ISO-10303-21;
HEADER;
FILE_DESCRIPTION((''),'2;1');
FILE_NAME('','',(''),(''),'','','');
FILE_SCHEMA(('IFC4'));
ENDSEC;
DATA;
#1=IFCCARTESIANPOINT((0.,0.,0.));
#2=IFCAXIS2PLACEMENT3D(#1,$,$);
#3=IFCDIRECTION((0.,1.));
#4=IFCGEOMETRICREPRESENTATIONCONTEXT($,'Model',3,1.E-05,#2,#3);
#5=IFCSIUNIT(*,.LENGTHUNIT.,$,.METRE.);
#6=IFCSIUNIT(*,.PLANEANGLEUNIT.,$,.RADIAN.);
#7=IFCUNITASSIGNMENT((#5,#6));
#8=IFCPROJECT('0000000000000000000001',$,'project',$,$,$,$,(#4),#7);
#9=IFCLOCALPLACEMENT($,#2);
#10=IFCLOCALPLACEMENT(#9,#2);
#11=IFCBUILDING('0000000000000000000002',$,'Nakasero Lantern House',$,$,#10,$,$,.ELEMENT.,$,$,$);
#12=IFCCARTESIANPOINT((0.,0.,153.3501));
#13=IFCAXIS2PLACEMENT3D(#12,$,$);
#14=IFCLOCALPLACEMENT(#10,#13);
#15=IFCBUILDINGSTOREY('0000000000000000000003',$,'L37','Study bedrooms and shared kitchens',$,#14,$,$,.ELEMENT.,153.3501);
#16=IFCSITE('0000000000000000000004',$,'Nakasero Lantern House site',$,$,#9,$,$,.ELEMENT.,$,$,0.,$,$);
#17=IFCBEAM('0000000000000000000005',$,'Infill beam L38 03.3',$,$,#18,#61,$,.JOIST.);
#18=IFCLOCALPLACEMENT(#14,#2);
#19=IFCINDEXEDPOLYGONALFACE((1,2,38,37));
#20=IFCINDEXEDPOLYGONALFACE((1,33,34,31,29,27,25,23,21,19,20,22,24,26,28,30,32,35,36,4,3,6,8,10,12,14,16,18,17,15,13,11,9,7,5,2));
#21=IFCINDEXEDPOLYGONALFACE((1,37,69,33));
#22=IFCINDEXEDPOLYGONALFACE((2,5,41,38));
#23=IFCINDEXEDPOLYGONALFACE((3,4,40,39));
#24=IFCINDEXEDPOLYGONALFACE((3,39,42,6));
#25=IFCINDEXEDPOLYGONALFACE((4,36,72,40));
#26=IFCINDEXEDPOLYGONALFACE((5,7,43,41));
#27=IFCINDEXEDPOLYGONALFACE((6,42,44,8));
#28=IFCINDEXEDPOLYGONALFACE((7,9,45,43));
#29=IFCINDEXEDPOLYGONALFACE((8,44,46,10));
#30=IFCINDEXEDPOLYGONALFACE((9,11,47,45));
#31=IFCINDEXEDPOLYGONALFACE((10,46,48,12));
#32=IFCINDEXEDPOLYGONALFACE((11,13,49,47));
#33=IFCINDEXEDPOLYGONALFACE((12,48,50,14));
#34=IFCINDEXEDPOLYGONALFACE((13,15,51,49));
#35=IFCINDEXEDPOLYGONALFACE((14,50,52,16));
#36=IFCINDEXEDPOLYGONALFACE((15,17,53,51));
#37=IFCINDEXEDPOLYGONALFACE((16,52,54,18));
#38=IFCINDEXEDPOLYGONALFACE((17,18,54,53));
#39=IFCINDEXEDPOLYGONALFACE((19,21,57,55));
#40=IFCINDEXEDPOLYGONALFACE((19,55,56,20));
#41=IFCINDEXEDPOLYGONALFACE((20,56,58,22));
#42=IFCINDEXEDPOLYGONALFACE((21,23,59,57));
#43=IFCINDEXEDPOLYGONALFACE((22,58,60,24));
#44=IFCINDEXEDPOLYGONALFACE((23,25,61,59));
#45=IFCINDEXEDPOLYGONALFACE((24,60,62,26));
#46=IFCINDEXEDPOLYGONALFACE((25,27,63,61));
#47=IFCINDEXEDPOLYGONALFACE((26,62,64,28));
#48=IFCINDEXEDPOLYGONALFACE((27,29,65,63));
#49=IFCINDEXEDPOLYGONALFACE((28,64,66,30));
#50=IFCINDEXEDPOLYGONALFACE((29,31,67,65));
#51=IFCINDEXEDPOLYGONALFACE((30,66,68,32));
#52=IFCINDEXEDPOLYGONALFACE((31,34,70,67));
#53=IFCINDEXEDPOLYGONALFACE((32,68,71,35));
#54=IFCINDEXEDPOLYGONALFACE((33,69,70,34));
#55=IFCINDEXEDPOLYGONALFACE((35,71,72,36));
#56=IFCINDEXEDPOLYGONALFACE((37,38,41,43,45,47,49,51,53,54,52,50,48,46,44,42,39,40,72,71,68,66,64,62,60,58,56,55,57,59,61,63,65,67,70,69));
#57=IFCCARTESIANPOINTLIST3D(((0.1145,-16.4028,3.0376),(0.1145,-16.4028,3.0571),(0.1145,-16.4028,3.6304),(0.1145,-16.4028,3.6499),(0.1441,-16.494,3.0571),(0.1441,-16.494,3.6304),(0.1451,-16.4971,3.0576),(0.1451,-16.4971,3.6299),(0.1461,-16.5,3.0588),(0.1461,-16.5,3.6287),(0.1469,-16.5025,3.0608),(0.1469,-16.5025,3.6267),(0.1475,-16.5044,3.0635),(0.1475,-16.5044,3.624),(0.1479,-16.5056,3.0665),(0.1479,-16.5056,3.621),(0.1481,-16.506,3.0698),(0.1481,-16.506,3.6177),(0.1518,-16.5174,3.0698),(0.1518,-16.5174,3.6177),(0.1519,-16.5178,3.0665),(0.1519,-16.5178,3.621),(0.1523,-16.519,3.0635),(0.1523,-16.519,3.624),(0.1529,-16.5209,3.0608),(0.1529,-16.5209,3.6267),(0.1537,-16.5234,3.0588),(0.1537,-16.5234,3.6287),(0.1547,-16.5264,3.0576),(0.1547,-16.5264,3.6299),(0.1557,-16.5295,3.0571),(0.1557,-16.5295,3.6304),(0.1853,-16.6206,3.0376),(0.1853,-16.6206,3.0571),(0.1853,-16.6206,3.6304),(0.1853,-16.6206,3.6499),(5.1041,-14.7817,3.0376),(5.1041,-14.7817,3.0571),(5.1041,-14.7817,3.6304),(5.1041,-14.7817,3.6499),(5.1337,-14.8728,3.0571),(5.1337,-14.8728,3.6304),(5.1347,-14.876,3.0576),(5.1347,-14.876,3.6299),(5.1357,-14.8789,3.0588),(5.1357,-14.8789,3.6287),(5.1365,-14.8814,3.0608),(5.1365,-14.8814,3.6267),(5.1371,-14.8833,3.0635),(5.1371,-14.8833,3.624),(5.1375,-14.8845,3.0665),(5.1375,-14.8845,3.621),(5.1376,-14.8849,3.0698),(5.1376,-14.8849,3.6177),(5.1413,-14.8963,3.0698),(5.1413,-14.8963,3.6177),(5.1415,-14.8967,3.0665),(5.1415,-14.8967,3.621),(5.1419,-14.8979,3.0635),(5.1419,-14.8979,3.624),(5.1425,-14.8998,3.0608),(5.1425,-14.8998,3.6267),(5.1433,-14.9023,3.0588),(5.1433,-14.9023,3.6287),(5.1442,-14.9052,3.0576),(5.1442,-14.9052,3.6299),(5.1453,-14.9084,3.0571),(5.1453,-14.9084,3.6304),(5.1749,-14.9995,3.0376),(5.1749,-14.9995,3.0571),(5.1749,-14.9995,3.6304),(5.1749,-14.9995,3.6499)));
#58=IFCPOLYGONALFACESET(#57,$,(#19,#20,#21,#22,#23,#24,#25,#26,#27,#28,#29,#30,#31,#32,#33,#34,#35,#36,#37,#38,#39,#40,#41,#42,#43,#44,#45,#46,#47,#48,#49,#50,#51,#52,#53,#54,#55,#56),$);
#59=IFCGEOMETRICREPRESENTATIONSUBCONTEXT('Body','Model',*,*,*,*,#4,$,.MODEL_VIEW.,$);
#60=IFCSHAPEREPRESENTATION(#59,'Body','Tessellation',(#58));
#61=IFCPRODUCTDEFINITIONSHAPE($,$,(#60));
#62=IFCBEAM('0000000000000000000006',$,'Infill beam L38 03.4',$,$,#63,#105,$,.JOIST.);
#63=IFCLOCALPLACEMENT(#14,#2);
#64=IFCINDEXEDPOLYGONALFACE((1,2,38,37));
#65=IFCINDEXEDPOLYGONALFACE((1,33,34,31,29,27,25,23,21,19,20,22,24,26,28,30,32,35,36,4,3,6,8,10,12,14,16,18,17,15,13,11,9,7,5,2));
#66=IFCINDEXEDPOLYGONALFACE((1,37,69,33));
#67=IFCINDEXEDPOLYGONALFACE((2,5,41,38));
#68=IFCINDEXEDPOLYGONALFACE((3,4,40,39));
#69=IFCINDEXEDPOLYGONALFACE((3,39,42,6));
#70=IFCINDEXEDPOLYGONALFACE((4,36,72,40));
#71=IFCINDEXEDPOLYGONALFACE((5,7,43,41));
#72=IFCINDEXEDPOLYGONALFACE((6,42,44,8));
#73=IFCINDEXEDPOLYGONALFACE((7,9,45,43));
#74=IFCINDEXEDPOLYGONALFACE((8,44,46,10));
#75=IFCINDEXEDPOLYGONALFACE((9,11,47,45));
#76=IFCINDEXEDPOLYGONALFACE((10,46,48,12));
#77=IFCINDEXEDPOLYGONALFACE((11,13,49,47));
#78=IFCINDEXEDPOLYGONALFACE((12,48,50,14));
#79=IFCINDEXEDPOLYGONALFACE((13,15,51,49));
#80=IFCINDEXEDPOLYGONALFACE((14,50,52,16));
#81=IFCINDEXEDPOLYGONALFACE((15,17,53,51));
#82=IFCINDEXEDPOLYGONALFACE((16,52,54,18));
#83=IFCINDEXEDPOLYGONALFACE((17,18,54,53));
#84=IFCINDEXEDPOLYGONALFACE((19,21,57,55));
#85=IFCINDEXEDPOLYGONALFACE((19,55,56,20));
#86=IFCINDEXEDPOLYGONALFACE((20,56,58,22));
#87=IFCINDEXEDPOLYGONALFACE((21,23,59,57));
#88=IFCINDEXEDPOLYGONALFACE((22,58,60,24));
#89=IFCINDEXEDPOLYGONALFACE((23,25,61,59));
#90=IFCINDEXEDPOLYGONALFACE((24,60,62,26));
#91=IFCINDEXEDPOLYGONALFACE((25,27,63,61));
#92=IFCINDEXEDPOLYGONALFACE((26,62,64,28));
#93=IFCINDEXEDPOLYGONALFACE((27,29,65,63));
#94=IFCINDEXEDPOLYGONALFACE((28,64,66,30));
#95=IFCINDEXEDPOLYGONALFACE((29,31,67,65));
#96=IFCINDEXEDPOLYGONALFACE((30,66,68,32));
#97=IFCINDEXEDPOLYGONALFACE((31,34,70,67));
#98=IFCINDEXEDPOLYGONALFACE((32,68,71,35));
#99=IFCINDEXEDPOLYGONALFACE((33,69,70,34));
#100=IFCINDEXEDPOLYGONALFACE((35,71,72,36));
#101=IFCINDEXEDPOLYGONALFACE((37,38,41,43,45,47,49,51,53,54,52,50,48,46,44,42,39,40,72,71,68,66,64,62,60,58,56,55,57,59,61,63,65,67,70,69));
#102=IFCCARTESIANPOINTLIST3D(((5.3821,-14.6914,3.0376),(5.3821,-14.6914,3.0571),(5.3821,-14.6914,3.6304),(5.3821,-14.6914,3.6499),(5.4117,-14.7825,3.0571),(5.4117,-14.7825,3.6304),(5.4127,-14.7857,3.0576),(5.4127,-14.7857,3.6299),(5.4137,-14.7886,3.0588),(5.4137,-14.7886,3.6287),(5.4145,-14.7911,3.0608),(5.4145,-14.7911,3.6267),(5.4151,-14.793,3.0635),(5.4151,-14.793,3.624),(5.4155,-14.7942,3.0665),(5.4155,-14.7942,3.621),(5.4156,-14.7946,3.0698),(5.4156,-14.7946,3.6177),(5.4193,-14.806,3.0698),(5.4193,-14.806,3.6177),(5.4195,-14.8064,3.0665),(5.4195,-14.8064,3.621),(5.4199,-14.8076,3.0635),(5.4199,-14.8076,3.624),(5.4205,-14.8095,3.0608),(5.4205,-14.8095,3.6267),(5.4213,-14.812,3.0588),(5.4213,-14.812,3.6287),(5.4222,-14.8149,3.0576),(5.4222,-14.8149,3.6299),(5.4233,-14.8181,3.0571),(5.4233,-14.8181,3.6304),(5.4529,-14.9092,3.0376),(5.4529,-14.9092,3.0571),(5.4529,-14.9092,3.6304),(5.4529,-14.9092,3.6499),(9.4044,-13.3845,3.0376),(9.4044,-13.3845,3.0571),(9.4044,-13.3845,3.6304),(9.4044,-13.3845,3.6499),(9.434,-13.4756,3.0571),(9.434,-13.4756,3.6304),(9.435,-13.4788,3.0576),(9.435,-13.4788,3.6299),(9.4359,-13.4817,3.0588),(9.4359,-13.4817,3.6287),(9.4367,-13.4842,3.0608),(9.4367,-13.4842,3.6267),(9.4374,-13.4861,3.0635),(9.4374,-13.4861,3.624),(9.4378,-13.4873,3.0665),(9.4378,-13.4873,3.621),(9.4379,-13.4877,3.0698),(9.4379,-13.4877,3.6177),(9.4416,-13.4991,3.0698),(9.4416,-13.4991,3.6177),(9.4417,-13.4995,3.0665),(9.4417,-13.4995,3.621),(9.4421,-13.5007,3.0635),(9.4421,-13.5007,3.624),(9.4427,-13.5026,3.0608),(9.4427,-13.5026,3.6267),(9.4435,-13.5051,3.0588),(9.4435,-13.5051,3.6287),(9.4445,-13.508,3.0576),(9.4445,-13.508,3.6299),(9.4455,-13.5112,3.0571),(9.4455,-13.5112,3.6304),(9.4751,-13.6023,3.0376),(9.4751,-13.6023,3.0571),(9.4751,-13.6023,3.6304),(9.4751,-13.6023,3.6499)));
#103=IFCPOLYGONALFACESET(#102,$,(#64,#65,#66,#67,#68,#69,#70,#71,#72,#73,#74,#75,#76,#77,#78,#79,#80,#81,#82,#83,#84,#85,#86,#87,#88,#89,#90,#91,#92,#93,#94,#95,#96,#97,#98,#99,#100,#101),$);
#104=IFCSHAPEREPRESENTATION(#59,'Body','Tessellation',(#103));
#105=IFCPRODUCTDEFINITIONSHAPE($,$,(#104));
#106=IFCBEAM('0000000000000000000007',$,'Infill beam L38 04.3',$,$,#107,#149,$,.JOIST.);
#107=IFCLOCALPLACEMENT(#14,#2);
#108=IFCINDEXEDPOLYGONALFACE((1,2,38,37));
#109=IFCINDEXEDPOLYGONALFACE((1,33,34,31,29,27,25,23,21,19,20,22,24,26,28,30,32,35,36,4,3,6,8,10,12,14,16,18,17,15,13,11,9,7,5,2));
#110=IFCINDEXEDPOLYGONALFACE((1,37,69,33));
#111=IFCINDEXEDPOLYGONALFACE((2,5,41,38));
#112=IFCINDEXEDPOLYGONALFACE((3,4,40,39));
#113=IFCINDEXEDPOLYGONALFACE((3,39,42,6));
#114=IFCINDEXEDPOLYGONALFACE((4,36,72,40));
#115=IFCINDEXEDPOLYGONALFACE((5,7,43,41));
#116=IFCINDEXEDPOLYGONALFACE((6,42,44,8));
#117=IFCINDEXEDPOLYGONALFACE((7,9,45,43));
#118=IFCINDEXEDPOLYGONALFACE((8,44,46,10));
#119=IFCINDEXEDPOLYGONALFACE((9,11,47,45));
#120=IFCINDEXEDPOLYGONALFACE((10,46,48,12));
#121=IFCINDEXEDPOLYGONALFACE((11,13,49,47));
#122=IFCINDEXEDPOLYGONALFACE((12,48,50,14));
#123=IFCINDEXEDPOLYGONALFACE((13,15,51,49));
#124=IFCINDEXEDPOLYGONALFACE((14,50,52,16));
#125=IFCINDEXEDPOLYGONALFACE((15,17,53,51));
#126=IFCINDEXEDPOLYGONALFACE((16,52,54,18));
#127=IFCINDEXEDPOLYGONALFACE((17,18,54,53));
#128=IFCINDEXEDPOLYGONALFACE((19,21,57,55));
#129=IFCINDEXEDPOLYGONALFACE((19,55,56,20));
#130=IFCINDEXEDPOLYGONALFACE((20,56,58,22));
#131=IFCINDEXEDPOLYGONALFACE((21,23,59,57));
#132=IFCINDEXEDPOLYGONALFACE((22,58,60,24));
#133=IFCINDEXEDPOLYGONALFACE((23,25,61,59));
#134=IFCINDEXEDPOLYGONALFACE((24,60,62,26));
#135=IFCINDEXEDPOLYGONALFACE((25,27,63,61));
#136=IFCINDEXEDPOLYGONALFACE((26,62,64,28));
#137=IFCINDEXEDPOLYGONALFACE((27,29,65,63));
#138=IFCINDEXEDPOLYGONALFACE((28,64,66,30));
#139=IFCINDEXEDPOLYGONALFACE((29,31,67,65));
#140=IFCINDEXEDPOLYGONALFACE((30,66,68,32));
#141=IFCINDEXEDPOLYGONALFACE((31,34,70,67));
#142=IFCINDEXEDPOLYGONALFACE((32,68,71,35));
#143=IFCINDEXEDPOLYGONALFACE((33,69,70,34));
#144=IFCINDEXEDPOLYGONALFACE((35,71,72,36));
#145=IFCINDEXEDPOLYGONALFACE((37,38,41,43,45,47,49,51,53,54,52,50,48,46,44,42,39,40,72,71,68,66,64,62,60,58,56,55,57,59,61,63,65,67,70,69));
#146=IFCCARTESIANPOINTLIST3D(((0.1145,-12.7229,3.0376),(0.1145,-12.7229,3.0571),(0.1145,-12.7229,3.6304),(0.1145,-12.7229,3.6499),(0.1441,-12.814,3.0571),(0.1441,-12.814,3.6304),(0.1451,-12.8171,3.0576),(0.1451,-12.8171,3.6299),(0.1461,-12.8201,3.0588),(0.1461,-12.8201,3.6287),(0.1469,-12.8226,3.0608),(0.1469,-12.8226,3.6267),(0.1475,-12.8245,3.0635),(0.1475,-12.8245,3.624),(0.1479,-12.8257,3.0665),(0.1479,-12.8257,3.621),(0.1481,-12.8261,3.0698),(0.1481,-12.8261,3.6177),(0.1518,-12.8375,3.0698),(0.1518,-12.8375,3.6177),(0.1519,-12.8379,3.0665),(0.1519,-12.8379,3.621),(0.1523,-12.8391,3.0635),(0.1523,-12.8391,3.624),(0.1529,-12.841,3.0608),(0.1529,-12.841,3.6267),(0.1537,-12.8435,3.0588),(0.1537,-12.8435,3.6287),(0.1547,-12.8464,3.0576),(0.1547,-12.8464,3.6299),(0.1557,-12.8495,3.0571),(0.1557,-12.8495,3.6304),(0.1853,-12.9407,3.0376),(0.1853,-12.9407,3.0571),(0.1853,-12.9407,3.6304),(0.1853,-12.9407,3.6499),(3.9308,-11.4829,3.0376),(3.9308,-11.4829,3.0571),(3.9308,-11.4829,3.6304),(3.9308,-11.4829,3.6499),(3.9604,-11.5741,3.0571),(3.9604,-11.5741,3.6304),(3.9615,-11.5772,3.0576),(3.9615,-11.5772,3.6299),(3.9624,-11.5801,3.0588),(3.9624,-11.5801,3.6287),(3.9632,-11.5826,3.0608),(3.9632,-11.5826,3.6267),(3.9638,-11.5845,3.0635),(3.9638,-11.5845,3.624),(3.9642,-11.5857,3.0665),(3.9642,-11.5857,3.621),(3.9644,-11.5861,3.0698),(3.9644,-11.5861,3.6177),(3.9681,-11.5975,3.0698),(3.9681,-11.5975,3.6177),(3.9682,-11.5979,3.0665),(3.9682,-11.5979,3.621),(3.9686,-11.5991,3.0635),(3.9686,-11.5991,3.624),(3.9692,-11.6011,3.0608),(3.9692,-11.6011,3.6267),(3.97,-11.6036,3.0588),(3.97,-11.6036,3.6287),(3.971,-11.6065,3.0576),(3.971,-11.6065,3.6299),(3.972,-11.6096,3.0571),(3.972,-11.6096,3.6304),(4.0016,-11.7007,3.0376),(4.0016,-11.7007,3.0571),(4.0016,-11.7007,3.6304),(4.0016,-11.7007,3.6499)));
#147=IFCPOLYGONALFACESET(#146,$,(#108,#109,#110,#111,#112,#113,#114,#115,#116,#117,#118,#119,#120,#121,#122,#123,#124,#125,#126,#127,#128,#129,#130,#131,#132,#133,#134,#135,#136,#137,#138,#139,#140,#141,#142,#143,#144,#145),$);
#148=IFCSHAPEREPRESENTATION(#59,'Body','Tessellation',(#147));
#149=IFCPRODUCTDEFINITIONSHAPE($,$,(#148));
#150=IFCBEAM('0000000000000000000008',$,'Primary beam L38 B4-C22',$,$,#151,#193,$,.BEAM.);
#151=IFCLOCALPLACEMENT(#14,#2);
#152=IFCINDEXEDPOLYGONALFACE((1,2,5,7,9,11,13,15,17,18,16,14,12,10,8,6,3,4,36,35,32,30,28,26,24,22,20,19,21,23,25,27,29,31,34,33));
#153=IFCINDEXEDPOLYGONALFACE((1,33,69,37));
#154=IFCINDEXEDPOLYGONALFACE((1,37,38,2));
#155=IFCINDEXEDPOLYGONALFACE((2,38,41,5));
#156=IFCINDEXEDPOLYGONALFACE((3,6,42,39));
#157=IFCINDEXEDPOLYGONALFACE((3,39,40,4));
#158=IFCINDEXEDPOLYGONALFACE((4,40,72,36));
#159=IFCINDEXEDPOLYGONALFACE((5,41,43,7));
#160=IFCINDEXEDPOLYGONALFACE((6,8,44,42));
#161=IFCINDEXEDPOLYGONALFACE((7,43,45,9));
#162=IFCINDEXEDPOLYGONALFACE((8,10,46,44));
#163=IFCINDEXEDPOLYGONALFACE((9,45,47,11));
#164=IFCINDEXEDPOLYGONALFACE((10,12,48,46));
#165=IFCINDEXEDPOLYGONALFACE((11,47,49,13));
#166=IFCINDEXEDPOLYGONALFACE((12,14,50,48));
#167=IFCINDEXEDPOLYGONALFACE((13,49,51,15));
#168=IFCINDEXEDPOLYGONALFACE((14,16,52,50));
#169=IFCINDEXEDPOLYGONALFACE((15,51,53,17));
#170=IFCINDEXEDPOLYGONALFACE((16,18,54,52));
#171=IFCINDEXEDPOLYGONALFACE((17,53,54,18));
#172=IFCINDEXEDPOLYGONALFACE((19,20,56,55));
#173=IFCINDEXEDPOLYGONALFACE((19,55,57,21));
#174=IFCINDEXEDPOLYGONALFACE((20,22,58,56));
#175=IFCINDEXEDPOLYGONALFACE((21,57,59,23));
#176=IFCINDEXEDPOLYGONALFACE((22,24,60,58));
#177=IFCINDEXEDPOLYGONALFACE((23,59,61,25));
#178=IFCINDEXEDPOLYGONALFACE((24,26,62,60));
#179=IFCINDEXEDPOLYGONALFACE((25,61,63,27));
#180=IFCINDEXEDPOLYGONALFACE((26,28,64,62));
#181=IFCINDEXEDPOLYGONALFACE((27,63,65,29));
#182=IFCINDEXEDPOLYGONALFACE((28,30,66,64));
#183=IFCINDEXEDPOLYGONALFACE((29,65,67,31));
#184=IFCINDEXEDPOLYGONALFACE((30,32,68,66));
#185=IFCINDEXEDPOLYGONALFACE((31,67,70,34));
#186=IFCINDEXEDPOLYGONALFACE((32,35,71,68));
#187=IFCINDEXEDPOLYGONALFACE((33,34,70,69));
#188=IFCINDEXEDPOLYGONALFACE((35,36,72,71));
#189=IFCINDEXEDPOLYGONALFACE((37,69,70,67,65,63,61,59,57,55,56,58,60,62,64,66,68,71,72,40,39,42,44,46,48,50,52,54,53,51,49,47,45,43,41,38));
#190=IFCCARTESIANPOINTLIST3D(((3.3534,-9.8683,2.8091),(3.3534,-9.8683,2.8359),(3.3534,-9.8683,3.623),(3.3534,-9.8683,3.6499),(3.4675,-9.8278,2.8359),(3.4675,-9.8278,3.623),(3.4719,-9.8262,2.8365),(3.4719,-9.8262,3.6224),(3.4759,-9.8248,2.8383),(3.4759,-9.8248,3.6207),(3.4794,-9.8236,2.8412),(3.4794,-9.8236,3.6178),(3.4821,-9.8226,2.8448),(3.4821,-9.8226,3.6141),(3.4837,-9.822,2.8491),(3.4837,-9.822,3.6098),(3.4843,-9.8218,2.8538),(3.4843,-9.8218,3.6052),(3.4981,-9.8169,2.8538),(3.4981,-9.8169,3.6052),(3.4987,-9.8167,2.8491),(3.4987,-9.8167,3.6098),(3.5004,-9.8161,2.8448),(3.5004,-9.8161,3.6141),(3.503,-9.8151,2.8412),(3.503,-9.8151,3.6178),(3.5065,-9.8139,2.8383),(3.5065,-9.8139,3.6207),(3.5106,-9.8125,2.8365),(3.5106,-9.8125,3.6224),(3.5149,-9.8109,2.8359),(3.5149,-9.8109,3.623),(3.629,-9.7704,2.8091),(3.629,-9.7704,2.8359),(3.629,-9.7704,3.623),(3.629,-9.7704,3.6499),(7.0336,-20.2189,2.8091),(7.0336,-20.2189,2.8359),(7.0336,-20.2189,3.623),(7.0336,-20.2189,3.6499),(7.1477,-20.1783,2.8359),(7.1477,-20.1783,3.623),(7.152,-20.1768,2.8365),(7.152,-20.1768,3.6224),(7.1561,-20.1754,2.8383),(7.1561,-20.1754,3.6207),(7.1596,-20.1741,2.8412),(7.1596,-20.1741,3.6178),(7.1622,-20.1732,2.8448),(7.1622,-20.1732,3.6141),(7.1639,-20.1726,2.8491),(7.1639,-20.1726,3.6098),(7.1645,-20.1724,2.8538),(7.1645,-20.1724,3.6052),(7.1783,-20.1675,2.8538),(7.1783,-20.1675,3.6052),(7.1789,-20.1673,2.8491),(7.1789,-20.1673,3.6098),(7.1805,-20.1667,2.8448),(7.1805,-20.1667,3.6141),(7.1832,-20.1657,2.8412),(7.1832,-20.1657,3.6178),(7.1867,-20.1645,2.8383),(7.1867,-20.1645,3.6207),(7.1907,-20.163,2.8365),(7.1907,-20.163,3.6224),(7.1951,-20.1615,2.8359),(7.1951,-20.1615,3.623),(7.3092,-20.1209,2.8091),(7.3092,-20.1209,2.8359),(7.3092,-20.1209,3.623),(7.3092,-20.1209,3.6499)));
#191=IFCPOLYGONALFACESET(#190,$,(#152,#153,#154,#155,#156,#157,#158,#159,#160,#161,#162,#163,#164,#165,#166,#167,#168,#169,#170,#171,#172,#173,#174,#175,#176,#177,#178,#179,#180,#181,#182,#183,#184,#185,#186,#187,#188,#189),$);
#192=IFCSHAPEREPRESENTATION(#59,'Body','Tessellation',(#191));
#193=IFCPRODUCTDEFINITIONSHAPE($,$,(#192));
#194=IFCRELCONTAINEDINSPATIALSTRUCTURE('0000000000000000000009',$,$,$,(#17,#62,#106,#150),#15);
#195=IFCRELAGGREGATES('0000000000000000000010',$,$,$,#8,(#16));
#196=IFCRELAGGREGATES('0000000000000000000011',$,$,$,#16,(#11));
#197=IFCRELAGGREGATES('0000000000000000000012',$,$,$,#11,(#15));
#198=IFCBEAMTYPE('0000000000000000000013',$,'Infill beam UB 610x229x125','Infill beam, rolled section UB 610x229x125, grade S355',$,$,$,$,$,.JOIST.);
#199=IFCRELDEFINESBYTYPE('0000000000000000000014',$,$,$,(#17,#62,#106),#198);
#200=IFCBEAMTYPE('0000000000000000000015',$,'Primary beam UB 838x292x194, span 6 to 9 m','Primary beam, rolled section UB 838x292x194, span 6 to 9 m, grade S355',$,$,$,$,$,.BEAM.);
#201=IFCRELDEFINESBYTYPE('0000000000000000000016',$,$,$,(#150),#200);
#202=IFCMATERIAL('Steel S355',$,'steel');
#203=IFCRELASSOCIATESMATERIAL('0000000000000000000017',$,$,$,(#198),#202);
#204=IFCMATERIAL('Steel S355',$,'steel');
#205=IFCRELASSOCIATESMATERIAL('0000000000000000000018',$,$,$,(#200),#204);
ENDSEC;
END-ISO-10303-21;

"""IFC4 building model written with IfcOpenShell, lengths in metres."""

from ifc_helpers import new_model, si_unit, direction, frame, origin, origin_2d, place, context, subcontext, project, spatial, i_section, extrude, material, material_profile, profile_set, type_object, element, save


model = new_model("IFC4")

# Units and contexts
model_context = context("Model", 3, precision=1e-05, world=origin(), true_north=direction((0.0, 1.0)))
body_context = subcontext(model_context, "Body", "Model", "MODEL_VIEW")
ifc_project = project(units=[si_unit("LENGTHUNIT", "METRE"), si_unit("PLANEANGLEUNIT", "RADIAN")], contexts=[model_context])

# Site, building, storey
site_placement = place(None, origin())
site = spatial("IfcSite", under=ifc_project, at=site_placement, Name="Nakasero Lantern House site", CompositionType="ELEMENT", RefElevation=0.0)
building_placement = place(site_placement, origin())
building = spatial("IfcBuilding", under=site, at=building_placement, Name="Nakasero Lantern House", CompositionType="ELEMENT")
storey_placement = place(building_placement, frame((0.0, 0.0, 153.3501)))
storey = spatial("IfcBuildingStorey", under=building, at=storey_placement, Name="L37", Description="Study bedrooms and shared kitchens", CompositionType="ELEMENT", Elevation=153.3501)

# Beams
ifc_material_1 = material(Name="Steel S355", Category="steel")
ifc_material_profile_1 = material_profile(ifc_material_1, i_section(OverallWidth=0.229, OverallDepth=0.6123, WebThickness=0.012, FlangeThickness=0.0195, FilletRadius=0.0127, at=origin_2d()), Name="UB 610x229x125")
ifc_profile_set_1 = profile_set([ifc_material_profile_1], Name="Steel S355")
beam_type_1 = type_object("IfcBeamType", Name="Infill beam UB 610x229x125", Description="Infill beam, rolled section UB 610x229x125, grade S355", PredefinedType="JOIST", material=ifc_profile_set_1)
beam_1_placement = place(storey_placement, frame((0.1499, -16.5117, 3.3438), z_axis=(0.951062, 0.309001, 0.0), x_axis=(-0.309001, 0.951062, 0.0)))
element("IfcBeam", 1, at=beam_1_placement, inside=storey, type_object=beam_type_1, Name="Infill beam L38 03.3", PredefinedType="JOIST", context=body_context, shape_type="SweptSolid", body=[
    extrude(i_section(OverallWidth=0.229, OverallDepth=0.6123, WebThickness=0.012, FlangeThickness=0.0195, FilletRadius=0.0127, at=origin_2d()), origin(), (0.0, 0.0, 1.0), 5.2463),
])
beam_2_placement = place(storey_placement, frame((5.4175, -14.8003, 3.3438), z_axis=(0.951057, 0.309014, 0.0), x_axis=(-0.309014, 0.951057, 0.0)))
element("IfcBeam", 2, at=beam_2_placement, inside=storey, type_object=beam_type_1, Name="Infill beam L38 03.4", PredefinedType="JOIST", context=body_context, shape_type="SweptSolid", body=[
    extrude(i_section(OverallWidth=0.229, OverallDepth=0.6123, WebThickness=0.012, FlangeThickness=0.0195, FilletRadius=0.0127, at=origin_2d()), origin(), (0.0, 0.0, 1.0), 4.2292),
])
beam_3_placement = place(storey_placement, frame((0.1499, -12.8318, 3.3438), z_axis=(0.951059, 0.309009, 0.0), x_axis=(-0.309009, 0.951059, 0.0)))
element("IfcBeam", 3, at=beam_3_placement, inside=storey, type_object=beam_type_1, Name="Infill beam L38 04.3", PredefinedType="JOIST", context=body_context, shape_type="SweptSolid", body=[
    extrude(i_section(OverallWidth=0.229, OverallDepth=0.6123, WebThickness=0.012, FlangeThickness=0.0195, FilletRadius=0.0127, at=origin_2d()), origin(), (0.0, 0.0, 1.0), 4.0127),
])
ifc_material_2 = material(Name="Steel S355", Category="steel")
ifc_material_profile_2 = material_profile(ifc_material_2, i_section(OverallWidth=0.2925, OverallDepth=0.8408, WebThickness=0.0146, FlangeThickness=0.0269, FilletRadius=0.0178, at=origin_2d()), Name="UB 838x292x194")
ifc_profile_set_2 = profile_set([ifc_material_profile_2], Name="Steel S355")
beam_type_2 = type_object("IfcBeamType", Name="Primary beam UB 838x292x194, span 6 to 9 m", Description="Primary beam, rolled section UB 838x292x194, span 6 to 9 m, grade S355", PredefinedType="BEAM", material=ifc_profile_set_2)
beam_4_placement = place(storey_placement, frame((7.1714, -20.1699, 3.2295), z_axis=(-0.335007, 0.942216, 0.0), x_axis=(-0.942216, -0.335007, 0.0)))
element("IfcBeam", 4, at=beam_4_placement, inside=storey, type_object=beam_type_2, Name="Primary beam L38 B4-C22", PredefinedType="BEAM", context=body_context, shape_type="SweptSolid", body=[
    extrude(i_section(OverallWidth=0.2925, OverallDepth=0.8408, WebThickness=0.0146, FlangeThickness=0.0269, FilletRadius=0.0178, at=origin_2d()), origin(), (0.0, 0.0, 1.0), 10.9854),
])

save(model, "model.ifc")
